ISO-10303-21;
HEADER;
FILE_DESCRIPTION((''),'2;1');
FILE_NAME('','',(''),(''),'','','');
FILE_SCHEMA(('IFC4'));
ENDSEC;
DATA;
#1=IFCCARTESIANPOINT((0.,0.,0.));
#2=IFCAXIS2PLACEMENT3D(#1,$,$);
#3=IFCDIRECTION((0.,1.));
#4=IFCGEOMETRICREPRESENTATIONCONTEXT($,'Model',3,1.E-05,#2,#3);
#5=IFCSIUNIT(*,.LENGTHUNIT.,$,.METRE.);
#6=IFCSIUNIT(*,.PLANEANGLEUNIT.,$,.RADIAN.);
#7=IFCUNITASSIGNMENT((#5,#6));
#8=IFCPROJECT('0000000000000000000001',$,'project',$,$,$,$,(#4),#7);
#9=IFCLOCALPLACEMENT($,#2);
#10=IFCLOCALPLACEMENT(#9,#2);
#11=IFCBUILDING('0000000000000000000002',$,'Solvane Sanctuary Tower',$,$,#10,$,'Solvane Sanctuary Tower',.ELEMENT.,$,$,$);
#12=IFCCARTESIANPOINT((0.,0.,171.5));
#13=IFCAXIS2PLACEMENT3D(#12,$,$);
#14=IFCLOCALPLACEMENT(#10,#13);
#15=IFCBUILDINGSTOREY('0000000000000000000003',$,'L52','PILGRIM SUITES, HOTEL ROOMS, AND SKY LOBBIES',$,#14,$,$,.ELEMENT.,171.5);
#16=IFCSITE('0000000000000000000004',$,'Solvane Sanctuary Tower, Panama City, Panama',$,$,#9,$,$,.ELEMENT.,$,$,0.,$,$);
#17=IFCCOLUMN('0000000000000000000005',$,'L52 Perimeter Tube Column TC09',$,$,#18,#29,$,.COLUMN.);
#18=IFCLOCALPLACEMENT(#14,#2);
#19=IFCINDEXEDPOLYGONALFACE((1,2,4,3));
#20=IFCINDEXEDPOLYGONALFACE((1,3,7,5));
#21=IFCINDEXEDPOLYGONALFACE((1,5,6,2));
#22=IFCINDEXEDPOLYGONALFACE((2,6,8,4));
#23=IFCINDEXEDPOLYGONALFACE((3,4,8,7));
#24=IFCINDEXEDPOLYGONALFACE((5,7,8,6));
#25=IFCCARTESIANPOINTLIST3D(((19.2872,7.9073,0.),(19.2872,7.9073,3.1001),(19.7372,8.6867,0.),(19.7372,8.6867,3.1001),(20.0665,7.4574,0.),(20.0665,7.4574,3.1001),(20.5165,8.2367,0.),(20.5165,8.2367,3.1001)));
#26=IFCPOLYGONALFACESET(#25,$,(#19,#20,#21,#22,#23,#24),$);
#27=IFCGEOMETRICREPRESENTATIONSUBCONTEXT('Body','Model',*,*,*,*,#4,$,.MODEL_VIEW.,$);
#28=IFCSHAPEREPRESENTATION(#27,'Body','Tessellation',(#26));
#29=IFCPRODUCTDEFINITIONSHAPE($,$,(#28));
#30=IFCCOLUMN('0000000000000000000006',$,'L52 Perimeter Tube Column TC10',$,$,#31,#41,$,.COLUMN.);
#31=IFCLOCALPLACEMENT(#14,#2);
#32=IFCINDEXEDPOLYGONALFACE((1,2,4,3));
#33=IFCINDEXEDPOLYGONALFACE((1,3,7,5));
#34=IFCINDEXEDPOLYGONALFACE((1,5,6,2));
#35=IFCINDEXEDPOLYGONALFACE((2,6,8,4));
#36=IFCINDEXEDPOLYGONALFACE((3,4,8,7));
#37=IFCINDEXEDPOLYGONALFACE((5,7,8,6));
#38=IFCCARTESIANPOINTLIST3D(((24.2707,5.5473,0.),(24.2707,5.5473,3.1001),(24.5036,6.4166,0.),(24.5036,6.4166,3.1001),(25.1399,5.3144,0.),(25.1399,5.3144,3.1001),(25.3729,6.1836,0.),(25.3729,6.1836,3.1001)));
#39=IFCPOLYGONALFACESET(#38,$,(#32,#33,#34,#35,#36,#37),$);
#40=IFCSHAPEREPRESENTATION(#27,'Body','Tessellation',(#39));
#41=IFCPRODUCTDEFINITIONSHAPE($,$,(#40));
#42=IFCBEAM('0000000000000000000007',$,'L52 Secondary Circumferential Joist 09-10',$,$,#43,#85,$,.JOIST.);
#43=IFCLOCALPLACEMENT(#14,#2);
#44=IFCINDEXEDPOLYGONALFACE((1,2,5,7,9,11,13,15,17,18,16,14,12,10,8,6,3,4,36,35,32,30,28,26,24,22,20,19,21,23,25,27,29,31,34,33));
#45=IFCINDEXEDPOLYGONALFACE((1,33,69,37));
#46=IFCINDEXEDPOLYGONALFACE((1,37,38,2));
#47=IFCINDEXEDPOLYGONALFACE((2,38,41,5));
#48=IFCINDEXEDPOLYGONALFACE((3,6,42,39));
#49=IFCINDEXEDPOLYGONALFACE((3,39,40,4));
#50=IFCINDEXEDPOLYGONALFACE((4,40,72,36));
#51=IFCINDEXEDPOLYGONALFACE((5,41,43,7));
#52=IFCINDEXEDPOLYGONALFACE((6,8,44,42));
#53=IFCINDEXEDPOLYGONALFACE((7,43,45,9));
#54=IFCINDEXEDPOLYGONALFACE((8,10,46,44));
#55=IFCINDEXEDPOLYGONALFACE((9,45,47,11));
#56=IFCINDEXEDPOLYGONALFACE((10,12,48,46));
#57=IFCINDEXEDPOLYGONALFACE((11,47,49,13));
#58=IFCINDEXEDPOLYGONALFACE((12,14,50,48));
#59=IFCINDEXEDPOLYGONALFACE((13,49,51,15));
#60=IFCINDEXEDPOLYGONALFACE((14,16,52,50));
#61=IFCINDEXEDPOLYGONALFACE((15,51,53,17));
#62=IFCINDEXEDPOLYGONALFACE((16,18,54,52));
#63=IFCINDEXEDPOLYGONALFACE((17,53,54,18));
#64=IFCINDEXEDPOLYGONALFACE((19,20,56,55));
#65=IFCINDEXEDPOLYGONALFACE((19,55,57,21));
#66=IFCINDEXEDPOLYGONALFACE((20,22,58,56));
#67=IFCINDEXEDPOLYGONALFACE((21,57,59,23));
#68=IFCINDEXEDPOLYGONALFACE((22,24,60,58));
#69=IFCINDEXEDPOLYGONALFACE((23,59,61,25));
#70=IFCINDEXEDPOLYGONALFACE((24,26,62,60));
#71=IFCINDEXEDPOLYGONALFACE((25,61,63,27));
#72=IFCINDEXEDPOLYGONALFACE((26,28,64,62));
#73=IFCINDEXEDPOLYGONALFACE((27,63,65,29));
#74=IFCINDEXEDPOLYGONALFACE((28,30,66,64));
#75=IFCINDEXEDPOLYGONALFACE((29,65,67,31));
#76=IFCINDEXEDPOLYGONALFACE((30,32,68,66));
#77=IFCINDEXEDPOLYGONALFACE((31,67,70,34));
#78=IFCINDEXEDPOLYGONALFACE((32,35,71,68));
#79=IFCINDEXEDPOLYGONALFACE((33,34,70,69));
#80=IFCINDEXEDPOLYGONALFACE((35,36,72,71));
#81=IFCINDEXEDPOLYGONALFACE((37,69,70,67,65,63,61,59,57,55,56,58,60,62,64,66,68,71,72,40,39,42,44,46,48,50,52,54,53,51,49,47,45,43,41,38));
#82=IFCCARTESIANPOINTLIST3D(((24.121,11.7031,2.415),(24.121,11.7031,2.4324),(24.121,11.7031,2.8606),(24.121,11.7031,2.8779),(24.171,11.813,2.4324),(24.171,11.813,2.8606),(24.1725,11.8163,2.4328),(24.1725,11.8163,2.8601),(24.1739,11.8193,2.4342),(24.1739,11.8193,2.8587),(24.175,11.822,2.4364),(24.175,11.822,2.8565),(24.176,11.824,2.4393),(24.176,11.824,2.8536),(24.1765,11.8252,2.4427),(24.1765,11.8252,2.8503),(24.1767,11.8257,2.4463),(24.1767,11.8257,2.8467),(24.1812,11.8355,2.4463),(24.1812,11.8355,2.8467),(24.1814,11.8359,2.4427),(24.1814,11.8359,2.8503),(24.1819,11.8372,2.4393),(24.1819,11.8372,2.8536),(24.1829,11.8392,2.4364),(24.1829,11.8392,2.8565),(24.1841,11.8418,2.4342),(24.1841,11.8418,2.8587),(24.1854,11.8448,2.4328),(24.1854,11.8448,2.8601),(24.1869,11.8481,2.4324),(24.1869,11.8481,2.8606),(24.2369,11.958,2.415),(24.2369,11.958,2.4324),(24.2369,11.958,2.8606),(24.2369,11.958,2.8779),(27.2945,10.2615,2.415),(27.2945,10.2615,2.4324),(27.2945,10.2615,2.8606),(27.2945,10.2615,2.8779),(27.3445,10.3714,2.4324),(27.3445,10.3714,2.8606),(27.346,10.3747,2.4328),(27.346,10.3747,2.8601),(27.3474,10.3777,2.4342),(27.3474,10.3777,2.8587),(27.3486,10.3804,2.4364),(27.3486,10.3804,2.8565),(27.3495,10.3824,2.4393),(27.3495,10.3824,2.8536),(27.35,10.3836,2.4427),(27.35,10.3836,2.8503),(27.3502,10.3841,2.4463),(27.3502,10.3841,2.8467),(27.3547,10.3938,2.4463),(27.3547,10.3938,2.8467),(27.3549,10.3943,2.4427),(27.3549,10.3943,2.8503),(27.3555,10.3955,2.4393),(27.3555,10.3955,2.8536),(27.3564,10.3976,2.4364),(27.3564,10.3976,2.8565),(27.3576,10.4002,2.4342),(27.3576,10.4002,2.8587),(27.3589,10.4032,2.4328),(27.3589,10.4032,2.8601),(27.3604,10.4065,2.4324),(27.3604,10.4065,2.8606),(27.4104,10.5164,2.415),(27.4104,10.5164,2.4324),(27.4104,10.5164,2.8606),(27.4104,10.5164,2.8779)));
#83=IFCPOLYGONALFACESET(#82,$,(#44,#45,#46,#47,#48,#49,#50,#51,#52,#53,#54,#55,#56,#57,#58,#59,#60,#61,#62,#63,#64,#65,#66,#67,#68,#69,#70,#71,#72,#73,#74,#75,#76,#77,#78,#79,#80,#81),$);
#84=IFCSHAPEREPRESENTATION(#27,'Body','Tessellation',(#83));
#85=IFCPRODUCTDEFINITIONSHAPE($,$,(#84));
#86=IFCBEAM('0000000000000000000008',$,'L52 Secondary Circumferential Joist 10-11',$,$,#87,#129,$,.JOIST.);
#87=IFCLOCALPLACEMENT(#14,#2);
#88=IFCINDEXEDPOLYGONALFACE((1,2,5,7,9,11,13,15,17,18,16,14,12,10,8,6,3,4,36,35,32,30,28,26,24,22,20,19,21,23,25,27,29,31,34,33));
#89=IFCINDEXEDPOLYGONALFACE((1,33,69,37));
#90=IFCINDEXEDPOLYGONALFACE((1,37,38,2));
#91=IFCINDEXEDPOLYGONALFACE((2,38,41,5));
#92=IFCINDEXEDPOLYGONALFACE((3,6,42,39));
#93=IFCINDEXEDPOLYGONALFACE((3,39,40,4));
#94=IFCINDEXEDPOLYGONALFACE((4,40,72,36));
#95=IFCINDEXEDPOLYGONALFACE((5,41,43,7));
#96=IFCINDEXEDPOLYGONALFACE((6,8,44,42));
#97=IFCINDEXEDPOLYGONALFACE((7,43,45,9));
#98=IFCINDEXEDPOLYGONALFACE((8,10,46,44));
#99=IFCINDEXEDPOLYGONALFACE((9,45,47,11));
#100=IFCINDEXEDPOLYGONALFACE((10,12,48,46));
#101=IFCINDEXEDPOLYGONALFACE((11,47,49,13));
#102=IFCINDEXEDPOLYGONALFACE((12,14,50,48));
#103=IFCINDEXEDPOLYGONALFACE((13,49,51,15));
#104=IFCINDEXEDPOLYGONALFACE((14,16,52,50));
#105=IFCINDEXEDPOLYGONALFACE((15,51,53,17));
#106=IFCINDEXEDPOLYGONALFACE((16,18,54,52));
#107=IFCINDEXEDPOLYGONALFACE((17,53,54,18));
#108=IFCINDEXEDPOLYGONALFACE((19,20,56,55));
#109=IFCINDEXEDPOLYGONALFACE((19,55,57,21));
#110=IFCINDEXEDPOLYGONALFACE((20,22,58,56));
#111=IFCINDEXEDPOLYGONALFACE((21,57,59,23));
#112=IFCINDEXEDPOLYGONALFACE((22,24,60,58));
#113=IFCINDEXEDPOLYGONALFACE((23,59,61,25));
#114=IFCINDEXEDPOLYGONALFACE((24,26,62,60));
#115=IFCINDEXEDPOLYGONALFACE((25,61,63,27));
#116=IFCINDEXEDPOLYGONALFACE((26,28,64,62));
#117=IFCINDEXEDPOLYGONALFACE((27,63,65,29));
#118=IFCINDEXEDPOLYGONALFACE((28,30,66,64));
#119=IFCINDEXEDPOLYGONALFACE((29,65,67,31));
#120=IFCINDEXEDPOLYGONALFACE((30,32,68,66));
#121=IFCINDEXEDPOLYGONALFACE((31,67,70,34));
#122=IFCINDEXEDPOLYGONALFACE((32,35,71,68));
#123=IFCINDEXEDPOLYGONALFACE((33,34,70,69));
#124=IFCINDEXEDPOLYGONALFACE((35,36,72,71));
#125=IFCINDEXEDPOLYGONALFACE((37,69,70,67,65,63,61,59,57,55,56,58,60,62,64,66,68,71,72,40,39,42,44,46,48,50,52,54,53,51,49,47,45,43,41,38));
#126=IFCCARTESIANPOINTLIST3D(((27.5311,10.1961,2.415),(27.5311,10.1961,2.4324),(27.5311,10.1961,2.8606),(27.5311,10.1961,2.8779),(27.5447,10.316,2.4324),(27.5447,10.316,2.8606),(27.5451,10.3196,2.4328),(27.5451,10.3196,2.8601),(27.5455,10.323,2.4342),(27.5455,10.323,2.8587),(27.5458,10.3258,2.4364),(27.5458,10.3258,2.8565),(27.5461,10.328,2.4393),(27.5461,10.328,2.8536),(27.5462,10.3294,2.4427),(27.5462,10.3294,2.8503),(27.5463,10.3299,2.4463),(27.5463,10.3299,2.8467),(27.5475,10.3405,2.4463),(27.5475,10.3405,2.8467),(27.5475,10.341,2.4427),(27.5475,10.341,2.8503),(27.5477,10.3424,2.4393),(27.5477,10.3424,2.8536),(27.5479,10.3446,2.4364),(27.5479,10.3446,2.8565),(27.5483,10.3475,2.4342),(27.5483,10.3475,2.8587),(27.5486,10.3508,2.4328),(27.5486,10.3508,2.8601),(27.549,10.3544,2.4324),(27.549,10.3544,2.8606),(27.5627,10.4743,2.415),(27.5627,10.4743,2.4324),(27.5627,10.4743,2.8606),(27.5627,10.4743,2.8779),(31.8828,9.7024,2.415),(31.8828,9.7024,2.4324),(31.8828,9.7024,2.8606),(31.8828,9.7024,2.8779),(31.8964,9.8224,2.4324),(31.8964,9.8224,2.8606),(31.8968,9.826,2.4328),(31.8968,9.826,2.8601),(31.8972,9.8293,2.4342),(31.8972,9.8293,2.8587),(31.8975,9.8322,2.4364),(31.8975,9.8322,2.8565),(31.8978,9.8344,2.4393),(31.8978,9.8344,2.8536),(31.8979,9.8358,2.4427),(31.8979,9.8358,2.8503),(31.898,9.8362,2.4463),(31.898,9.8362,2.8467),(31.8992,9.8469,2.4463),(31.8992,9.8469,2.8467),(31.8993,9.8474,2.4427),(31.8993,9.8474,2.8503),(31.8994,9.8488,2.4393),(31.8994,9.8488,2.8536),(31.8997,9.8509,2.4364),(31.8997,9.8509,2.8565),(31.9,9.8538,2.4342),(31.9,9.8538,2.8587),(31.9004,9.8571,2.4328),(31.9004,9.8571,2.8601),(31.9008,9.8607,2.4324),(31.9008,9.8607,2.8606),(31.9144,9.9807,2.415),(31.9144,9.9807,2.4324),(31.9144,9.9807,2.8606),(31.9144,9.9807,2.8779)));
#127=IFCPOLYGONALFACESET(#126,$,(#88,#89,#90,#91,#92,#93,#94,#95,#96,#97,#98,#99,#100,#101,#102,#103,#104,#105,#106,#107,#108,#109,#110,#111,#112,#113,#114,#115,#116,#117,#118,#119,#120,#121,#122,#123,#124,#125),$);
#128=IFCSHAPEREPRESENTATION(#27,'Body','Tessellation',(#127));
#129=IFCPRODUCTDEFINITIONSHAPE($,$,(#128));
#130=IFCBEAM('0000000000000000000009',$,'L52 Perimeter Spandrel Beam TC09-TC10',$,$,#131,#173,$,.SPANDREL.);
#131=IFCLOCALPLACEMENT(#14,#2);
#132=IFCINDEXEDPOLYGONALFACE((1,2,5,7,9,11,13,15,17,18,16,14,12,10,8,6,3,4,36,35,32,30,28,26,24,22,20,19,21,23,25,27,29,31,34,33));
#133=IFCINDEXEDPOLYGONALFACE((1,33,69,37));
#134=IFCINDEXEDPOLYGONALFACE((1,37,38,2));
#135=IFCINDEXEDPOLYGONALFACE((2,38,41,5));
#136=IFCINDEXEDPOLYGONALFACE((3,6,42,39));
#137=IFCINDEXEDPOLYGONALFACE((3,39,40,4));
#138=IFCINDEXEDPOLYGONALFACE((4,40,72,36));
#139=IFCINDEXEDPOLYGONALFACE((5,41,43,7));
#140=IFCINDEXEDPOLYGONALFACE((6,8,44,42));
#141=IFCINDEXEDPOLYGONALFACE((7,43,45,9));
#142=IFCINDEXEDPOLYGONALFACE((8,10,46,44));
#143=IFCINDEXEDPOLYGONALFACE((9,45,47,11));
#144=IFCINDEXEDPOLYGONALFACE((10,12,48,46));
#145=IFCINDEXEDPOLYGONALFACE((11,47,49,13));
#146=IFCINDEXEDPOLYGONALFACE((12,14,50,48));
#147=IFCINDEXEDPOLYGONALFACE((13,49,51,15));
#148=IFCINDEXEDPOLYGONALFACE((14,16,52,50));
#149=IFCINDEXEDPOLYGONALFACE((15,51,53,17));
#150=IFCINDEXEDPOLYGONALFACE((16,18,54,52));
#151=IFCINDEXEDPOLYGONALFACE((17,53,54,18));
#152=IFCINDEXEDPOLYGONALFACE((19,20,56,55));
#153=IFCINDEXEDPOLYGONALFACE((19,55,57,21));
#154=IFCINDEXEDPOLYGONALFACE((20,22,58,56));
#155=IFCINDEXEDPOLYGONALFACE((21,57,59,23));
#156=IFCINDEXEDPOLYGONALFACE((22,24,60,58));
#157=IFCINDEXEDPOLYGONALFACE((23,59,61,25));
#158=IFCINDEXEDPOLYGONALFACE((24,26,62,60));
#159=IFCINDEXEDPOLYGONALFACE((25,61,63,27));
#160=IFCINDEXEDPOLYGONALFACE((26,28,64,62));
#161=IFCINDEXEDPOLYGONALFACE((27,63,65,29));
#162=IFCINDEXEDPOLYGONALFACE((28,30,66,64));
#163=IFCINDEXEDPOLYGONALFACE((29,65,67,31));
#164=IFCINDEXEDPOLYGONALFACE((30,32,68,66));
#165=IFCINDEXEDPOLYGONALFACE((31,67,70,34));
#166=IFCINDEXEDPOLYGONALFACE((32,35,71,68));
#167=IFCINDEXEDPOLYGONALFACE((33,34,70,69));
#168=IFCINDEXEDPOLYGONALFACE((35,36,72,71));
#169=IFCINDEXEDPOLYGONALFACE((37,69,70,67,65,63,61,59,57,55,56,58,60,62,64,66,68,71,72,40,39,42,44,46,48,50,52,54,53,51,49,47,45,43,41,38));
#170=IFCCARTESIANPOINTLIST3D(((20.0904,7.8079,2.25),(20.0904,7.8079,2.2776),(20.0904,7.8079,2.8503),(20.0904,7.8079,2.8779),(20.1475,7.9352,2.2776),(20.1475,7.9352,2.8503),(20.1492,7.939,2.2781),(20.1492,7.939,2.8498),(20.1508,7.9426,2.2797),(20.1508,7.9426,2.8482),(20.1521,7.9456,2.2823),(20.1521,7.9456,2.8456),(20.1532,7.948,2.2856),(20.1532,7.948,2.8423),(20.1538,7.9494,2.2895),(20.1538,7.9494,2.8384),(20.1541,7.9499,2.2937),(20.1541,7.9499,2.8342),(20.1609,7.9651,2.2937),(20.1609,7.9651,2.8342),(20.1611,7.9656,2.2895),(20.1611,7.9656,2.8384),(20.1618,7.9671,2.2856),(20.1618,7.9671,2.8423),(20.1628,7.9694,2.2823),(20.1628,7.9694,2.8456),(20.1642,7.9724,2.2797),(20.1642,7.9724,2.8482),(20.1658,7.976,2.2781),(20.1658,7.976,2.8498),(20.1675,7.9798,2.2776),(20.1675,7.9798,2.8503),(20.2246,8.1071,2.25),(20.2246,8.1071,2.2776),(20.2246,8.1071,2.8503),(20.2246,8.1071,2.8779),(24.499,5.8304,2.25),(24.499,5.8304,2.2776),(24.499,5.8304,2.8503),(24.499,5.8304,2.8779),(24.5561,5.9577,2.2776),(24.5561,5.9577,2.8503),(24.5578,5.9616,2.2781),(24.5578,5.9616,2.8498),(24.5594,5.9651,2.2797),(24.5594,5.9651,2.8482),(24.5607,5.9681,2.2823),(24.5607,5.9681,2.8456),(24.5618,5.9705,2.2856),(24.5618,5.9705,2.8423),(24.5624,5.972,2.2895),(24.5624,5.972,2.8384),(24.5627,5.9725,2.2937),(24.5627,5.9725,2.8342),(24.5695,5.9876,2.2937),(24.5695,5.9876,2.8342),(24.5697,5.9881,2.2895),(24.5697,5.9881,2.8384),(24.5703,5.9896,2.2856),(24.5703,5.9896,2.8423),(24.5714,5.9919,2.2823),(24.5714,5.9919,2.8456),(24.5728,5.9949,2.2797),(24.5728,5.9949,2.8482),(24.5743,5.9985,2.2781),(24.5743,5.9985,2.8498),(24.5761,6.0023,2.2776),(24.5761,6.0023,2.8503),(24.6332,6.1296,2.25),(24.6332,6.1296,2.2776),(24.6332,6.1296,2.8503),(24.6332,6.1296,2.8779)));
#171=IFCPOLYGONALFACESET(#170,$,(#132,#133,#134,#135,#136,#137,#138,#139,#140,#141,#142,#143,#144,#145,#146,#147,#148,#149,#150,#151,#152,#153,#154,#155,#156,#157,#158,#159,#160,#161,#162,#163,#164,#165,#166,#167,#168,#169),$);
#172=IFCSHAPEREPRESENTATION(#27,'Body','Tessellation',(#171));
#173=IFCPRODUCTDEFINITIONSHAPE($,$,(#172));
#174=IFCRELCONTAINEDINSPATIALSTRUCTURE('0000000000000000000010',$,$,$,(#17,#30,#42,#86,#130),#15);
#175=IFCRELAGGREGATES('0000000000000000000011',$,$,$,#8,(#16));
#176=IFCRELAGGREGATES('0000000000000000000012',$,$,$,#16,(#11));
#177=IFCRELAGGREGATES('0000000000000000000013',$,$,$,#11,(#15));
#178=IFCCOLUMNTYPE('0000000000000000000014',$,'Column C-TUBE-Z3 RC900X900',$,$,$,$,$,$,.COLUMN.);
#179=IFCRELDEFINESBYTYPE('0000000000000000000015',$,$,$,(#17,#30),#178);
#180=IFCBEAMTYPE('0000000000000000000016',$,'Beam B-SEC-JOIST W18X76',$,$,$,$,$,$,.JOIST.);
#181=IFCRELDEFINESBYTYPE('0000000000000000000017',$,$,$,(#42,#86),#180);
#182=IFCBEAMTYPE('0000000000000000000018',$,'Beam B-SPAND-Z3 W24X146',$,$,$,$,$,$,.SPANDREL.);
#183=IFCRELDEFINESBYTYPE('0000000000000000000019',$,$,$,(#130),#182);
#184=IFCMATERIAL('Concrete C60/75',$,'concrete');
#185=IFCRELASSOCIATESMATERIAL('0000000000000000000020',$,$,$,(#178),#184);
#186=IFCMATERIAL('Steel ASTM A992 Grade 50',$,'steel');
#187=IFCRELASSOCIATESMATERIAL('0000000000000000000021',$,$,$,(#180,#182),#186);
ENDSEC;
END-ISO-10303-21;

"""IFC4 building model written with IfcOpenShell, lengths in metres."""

from ifc_helpers import new_model, si_unit, direction, frame, origin, origin_2d, place, context, subcontext, project, spatial, rectangle, i_section, extrude, material, material_profile, profile_set, type_object, element, save


model = new_model("IFC4")

# Units and contexts
model_context = context("Model", 3, precision=1e-05, world=origin(), true_north=direction((0.0, 1.0)))
body_context = subcontext(model_context, "Body", "Model", "MODEL_VIEW")
ifc_project = project(units=[si_unit("LENGTHUNIT", "METRE"), si_unit("PLANEANGLEUNIT", "RADIAN")], contexts=[model_context])

# Site, building, storey
site_placement = place(None, origin())
site = spatial("IfcSite", under=ifc_project, at=site_placement, Name="Solvane Sanctuary Tower, Panama City, Panama", CompositionType="ELEMENT", RefElevation=0.0)
building_placement = place(site_placement, origin())
building = spatial("IfcBuilding", under=site, at=building_placement, Name="Solvane Sanctuary Tower", LongName="Solvane Sanctuary Tower", CompositionType="ELEMENT")
storey_placement = place(building_placement, frame((0.0, 0.0, 171.5)))
storey = spatial("IfcBuildingStorey", under=building, at=storey_placement, Name="L52", Description="PILGRIM SUITES, HOTEL ROOMS, AND SKY LOBBIES", CompositionType="ELEMENT", Elevation=171.5)

# Columns
ifc_material_1 = material(Name="Concrete C60/75", Category="concrete")
ifc_material_profile_1 = material_profile(ifc_material_1, rectangle(XDim=0.8999, YDim=0.8999, at=origin_2d()), Name="RC900X900")
ifc_profile_set_1 = profile_set([ifc_material_profile_1], Name="Concrete C60/75")
column_type = type_object("IfcColumnType", Name="Column C-TUBE-Z3 RC900X900", PredefinedType="COLUMN", material=ifc_profile_set_1)
for number, where, z_axis, x_axis, name in (
    (1, (19.9019, 8.072, 0.0), (0.0, 0.0, 1.0), (-0.5, -0.866025, 0.0), "L52 Perimeter Tube Column TC09"),
    (2, (24.8218, 5.8655, 0.0), (0.0, 0.0, 1.0), (-0.258819, -0.965926, 0.0), "L52 Perimeter Tube Column TC10"),
):
    element("IfcColumn", number, at=place(storey_placement, frame(where, z_axis=z_axis, x_axis=x_axis)), inside=storey, type_object=column_type, Name=name, PredefinedType="COLUMN", context=body_context, shape_type="SweptSolid", body=[
        extrude(rectangle(XDim=0.8999, YDim=0.8999, at=origin_2d()), origin(), (0.0, 0.0, 1.0), 3.1001),
    ])

# Beams
ifc_material_2 = material(Name="Steel ASTM A992 Grade 50", Category="steel")
ifc_material_profile_2 = material_profile(ifc_material_2, i_section(OverallWidth=0.28, OverallDepth=0.4629, WebThickness=0.0107, FlangeThickness=0.0173, FilletRadius=0.0139, at=origin_2d()), Name="W18X76")
ifc_profile_set_2 = profile_set([ifc_material_profile_2], Name="Steel ASTM A992 Grade 50")
beam_type_1 = type_object("IfcBeamType", Name="Beam B-SEC-JOIST W18X76", PredefinedType="JOIST", material=ifc_profile_set_2)
beam_1_placement = place(storey_placement, frame((24.179, 11.8306, 2.6465), z_axis=(0.910462, -0.413592, 0.0), x_axis=(0.413592, 0.910462, 0.0)))
element("IfcBeam", 3, at=beam_1_placement, inside=storey, type_object=beam_type_1, Name="L52 Secondary Circumferential Joist 09-10", PredefinedType="JOIST", context=body_context, shape_type="SweptSolid", body=[
    extrude(i_section(OverallWidth=0.28, OverallDepth=0.4629, WebThickness=0.0107, FlangeThickness=0.0173, FilletRadius=0.0139, at=origin_2d()), origin(), (0.0, 0.0, 1.0), 3.4856),
])
beam_2_placement = place(storey_placement, frame((27.5469, 10.3352, 2.6465), z_axis=(0.993628, -0.112713, 0.0), x_axis=(0.112713, 0.993628, 0.0)))
element("IfcBeam", 4, at=beam_2_placement, inside=storey, type_object=beam_type_1, Name="L52 Secondary Circumferential Joist 10-11", PredefinedType="JOIST", context=body_context, shape_type="SweptSolid", body=[
    extrude(i_section(OverallWidth=0.28, OverallDepth=0.4629, WebThickness=0.0107, FlangeThickness=0.0173, FilletRadius=0.0139, at=origin_2d()), origin(), (0.0, 0.0, 1.0), 4.3796),
])
ifc_material_profile_3 = material_profile(ifc_material_2, i_section(OverallWidth=0.3279, OverallDepth=0.6279, WebThickness=0.0166, FlangeThickness=0.0276, FilletRadius=0.0161, at=origin_2d()), Name="W24X146")
ifc_profile_set_3 = profile_set([ifc_material_profile_3], Name="Steel ASTM A992 Grade 50")
beam_type_2 = type_object("IfcBeamType", Name="Beam B-SPAND-Z3 W24X146", PredefinedType="SPANDREL", material=ifc_profile_set_3)
beam_3_placement = place(storey_placement, frame((20.1575, 7.9575, 2.564), z_axis=(0.912414, -0.409268, 0.0), x_axis=(0.409268, 0.912414, 0.0)))
element("IfcBeam", 5, at=beam_3_placement, inside=storey, type_object=beam_type_2, Name="L52 Perimeter Spandrel Beam TC09-TC10", PredefinedType="SPANDREL", context=body_context, shape_type="SweptSolid", body=[
    extrude(i_section(OverallWidth=0.3279, OverallDepth=0.6279, WebThickness=0.0166, FlangeThickness=0.0276, FilletRadius=0.0161, at=origin_2d()), origin(), (0.0, 0.0, 1.0), 4.8318),
])

save(model, "model.ifc")
